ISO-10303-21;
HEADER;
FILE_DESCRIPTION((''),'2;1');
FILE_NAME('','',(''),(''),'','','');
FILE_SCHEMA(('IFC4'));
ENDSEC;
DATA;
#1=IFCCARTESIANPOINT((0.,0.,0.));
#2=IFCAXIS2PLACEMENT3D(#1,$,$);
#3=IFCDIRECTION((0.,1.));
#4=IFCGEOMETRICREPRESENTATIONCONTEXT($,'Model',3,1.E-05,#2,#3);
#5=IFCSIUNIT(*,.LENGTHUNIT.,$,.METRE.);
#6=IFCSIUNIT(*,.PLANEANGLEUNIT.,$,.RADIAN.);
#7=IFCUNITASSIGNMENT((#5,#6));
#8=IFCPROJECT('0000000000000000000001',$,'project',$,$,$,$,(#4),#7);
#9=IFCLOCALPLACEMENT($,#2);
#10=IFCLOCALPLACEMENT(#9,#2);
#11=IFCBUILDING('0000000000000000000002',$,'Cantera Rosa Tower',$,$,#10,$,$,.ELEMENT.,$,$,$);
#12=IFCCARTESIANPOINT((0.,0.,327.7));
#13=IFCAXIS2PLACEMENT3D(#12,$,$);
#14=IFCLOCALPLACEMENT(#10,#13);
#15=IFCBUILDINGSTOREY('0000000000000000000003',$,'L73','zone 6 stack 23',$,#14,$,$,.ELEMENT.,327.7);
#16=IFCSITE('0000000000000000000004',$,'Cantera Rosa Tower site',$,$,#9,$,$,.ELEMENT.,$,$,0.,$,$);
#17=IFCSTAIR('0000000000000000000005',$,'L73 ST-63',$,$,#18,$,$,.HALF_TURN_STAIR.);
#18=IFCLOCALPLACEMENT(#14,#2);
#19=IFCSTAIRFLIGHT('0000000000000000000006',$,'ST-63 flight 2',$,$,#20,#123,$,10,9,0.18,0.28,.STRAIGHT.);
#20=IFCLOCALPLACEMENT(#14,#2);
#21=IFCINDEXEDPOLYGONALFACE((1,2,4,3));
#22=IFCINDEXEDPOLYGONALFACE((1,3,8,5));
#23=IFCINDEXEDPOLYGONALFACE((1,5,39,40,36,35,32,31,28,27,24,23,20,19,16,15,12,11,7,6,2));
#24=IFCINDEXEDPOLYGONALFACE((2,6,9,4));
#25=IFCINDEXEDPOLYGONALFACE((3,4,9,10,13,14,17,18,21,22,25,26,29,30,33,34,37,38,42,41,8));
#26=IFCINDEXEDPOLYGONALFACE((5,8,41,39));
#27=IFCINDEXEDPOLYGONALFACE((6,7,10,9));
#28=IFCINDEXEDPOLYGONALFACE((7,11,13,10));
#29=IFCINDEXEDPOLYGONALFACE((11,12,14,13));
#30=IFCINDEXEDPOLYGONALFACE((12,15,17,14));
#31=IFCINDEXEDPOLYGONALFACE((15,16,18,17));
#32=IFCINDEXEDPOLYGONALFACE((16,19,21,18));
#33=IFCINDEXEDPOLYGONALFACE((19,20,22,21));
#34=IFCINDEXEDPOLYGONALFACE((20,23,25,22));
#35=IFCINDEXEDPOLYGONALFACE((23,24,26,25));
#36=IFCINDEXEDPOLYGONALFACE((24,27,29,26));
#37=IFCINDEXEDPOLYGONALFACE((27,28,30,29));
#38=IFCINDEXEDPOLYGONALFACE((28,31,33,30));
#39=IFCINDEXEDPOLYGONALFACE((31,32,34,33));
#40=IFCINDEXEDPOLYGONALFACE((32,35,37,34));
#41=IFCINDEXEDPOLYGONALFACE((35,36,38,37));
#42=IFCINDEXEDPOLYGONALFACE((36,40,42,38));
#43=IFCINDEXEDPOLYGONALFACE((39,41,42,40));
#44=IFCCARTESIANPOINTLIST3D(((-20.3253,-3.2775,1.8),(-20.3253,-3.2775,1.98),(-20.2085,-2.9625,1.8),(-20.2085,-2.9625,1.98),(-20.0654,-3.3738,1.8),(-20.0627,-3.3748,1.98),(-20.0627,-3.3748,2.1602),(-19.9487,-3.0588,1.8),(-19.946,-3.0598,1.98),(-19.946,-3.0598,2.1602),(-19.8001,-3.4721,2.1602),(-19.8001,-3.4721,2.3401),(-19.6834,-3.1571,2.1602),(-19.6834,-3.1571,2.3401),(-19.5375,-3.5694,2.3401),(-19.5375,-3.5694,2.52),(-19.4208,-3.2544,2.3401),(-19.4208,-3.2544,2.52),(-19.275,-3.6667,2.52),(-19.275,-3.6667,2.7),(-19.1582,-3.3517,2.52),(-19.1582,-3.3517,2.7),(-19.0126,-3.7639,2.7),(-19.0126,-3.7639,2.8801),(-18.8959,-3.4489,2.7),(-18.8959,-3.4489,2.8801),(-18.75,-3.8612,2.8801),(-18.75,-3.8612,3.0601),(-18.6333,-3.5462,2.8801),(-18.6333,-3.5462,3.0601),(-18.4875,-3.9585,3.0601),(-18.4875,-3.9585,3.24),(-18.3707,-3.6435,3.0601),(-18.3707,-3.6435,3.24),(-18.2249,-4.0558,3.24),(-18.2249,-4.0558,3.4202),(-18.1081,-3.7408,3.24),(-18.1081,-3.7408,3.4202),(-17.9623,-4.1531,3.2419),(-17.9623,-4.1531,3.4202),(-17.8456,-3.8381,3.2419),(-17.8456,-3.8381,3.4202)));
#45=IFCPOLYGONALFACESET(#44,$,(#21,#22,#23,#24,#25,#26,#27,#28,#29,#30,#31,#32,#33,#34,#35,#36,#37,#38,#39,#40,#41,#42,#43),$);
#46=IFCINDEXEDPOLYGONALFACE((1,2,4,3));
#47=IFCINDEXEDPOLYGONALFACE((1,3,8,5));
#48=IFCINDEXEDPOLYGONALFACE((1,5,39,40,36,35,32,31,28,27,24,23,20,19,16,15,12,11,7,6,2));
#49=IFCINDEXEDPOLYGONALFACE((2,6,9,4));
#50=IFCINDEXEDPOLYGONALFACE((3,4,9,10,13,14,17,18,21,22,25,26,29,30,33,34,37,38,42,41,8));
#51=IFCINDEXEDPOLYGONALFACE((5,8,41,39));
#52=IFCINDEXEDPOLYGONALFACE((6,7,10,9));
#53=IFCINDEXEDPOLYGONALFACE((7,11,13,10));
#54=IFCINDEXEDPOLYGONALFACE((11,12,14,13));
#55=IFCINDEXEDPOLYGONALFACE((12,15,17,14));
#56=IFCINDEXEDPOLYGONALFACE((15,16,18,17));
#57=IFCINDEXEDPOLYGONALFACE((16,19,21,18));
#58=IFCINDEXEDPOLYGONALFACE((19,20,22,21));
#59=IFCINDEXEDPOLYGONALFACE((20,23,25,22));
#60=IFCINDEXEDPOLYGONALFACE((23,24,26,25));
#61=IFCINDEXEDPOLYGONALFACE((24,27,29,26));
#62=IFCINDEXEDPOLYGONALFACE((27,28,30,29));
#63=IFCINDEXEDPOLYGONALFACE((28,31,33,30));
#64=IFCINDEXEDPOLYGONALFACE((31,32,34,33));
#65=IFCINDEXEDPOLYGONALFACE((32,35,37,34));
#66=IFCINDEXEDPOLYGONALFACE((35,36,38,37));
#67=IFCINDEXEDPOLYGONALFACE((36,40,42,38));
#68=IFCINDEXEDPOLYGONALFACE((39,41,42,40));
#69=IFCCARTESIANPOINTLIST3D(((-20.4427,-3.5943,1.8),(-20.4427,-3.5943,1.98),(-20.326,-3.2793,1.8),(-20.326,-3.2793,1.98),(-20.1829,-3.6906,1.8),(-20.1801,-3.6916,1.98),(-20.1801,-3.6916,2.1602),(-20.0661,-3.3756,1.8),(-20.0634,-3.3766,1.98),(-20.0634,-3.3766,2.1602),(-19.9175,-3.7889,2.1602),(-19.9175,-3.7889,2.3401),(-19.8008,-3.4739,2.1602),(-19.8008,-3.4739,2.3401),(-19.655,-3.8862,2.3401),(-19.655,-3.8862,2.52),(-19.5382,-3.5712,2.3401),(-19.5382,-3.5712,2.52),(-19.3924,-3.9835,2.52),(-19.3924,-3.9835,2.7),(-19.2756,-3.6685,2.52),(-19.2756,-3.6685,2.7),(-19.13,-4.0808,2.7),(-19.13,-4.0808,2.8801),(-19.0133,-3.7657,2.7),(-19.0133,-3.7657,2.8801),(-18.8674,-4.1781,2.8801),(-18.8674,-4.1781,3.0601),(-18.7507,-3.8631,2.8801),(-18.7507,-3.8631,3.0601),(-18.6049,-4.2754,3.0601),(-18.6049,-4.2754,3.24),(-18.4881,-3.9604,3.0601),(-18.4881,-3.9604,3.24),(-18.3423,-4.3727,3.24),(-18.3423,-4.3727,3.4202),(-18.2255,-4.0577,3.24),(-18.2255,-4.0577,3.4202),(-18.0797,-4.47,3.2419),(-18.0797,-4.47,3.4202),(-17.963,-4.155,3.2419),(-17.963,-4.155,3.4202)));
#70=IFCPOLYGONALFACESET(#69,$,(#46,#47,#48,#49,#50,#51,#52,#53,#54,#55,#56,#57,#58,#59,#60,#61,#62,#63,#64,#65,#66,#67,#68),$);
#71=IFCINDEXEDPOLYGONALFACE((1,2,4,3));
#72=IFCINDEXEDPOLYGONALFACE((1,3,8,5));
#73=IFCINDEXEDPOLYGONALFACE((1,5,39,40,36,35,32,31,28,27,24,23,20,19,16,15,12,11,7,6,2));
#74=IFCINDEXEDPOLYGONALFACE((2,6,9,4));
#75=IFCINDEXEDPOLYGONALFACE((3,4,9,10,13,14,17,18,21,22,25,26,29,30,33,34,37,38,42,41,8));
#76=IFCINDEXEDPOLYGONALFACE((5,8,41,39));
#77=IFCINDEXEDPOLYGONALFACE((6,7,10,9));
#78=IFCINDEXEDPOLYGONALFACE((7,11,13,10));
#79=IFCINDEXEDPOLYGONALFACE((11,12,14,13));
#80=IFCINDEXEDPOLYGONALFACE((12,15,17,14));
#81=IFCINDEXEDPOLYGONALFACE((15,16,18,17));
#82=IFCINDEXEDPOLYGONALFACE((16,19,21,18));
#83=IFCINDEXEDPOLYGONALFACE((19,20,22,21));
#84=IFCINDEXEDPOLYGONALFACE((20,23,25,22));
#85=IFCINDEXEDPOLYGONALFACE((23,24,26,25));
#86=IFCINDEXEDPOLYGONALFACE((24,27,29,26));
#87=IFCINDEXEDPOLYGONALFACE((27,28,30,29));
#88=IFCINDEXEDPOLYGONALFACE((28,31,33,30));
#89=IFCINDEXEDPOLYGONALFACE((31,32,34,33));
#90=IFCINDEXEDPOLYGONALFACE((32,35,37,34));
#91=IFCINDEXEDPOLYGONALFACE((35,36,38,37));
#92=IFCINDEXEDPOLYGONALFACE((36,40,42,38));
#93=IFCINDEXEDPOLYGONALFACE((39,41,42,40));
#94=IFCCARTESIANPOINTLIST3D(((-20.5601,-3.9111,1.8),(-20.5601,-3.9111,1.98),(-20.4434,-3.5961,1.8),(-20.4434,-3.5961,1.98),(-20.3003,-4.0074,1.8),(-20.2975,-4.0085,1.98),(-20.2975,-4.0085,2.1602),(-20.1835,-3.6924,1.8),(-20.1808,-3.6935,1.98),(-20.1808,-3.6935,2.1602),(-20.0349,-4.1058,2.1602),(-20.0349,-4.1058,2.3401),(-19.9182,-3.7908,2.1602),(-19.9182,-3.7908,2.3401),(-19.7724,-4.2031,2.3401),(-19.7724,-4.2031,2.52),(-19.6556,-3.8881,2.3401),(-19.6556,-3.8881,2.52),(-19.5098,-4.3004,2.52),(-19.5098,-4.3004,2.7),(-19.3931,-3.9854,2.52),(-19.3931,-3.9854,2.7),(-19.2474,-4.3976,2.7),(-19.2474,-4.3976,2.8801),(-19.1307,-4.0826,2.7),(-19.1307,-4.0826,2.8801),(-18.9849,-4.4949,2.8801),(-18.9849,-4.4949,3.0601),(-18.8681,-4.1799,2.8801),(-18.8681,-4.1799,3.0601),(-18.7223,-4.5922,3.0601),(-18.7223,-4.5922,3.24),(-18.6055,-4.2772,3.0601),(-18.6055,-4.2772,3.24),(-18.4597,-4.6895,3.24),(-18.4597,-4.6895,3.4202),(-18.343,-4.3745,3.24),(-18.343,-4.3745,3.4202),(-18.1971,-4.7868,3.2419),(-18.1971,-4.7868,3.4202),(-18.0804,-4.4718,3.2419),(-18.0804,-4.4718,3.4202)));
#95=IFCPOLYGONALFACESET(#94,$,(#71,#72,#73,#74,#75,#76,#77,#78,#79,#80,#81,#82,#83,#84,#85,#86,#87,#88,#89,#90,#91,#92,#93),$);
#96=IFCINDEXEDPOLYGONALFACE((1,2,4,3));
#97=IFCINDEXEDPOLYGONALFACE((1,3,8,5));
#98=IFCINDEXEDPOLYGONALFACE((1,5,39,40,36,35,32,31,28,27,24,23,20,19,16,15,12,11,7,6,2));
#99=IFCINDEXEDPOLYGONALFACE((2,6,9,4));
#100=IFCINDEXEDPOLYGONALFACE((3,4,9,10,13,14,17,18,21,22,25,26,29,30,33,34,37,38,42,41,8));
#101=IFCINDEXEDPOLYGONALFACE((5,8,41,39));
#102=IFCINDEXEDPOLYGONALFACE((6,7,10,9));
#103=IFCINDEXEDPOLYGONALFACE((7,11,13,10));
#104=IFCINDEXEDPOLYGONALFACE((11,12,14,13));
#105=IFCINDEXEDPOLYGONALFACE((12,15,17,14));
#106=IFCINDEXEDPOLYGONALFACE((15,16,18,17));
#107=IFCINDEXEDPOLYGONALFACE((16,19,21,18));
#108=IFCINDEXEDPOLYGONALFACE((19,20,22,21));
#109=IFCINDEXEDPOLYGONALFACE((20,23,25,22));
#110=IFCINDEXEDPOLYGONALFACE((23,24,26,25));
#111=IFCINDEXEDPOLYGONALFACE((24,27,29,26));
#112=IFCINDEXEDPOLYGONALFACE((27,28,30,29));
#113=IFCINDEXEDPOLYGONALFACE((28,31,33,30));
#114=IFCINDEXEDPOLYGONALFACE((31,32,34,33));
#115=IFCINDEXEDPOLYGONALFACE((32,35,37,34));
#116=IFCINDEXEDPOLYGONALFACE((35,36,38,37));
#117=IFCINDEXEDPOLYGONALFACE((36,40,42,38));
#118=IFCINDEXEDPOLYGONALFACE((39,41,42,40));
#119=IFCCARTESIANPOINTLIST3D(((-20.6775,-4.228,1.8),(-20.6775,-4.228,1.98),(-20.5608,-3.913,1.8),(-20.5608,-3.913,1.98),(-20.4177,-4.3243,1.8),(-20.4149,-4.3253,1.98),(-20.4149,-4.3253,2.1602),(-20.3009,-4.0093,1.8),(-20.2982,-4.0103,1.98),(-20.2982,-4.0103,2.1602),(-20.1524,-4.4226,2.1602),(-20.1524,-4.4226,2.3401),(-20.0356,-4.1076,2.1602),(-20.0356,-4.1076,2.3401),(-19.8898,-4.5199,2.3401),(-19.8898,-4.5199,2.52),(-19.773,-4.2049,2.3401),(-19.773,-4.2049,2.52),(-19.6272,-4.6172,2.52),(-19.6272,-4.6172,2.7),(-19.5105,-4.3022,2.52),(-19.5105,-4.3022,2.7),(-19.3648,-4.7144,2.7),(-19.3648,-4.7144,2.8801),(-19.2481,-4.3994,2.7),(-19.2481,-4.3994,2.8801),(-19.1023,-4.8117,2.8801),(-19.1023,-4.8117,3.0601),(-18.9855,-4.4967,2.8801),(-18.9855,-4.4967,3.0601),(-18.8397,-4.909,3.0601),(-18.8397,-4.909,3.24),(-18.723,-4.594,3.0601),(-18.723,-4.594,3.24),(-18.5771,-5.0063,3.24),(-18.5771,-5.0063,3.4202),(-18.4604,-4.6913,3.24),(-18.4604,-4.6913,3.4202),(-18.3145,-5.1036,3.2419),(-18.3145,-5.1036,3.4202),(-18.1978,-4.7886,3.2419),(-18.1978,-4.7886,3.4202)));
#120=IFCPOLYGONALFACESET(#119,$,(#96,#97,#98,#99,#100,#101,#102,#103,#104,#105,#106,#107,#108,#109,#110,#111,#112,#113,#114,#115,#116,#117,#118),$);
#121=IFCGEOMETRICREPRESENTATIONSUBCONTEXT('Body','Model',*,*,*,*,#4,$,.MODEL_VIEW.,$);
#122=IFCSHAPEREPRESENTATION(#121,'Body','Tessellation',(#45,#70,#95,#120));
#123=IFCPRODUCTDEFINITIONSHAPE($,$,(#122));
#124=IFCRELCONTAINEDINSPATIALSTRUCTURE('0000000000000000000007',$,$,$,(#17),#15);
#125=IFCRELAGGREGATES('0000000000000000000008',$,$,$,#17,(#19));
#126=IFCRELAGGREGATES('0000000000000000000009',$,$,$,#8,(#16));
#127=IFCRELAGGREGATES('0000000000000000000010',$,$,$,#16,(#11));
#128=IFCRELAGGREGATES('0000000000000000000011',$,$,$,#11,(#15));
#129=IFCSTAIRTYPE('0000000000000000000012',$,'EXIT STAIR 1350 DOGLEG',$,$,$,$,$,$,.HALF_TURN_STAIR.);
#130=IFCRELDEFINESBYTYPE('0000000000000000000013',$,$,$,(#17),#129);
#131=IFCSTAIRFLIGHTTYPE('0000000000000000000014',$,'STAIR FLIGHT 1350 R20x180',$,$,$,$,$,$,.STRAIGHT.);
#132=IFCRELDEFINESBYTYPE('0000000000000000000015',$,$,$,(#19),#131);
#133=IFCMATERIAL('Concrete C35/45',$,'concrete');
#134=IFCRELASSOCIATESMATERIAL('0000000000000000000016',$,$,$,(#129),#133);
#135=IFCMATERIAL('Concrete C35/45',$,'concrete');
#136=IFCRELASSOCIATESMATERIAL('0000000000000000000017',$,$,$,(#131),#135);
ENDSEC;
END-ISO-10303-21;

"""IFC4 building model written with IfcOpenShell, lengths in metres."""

from ifc_helpers import new_model, si_unit, direction, frame, origin, place, context, subcontext, project, spatial, polyline, outline, extrude, material, type_object, element, aggregate, save


model = new_model("IFC4")

# Units and contexts
model_context = context("Model", 3, precision=1e-05, world=origin(), true_north=direction((0.0, 1.0)))
body_context = subcontext(model_context, "Body", "Model", "MODEL_VIEW")
ifc_project = project(units=[si_unit("LENGTHUNIT", "METRE"), si_unit("PLANEANGLEUNIT", "RADIAN")], contexts=[model_context])

# Site, building, storey
site_placement = place(None, origin())
site = spatial("IfcSite", under=ifc_project, at=site_placement, Name="Cantera Rosa Tower site", CompositionType="ELEMENT", RefElevation=0.0)
building_placement = place(site_placement, origin())
building = spatial("IfcBuilding", under=site, at=building_placement, Name="Cantera Rosa Tower", CompositionType="ELEMENT")
storey_placement = place(building_placement, frame((0.0, 0.0, 327.7)))
storey = spatial("IfcBuildingStorey", under=building, at=storey_placement, Name="L73", Description="zone 6 stack 23", CompositionType="ELEMENT", Elevation=327.7)

# Stair, stair flight
ifc_material_1 = material(Name="Concrete C35/45", Category="concrete")
stair_type = type_object("IfcStairType", Name="EXIT STAIR 1350 DOGLEG", PredefinedType="HALF_TURN_STAIR", material=ifc_material_1)
stair_placement = place(storey_placement, origin())
stair = element("IfcStair", 1, at=stair_placement, inside=storey, type_object=stair_type, Name="L73 ST-63", PredefinedType="HALF_TURN_STAIR")
ifc_material_2 = material(Name="Concrete C35/45", Category="concrete")
stair_flight_type = type_object("IfcStairFlightType", Name="STAIR FLIGHT 1350 R20x180", PredefinedType="STRAIGHT", material=ifc_material_2)
stair_flight_1_placement = place(storey_placement, frame((-20.4431, -3.5955, 1.8), z_axis=(0.0, 0.0, 1.0), x_axis=(0.937687, -0.347481, 0.0)))
stair_flight_1 = element("IfcStairFlight", 2, at=stair_flight_1_placement, type_object=stair_flight_type, Name="ST-63 flight 2", NumberOfRisers=10, NumberOfTreads=9, PredefinedType="STRAIGHT", RiserHeight=0.18, TreadLength=0.28, context=body_context, shape_type="SweptSolid", body=[
    extrude(outline(polyline([(0.0, 0.0), (0.0, 0.1799), (0.28, 0.1799), (0.28, 0.3601), (0.5601, 0.3601), (0.5601, 0.54), (0.8401, 0.54), (0.8401, 0.72), (1.1201, 0.72), (1.1201, 0.8999), (1.3999, 0.8999), (1.3999, 1.0801), (1.6799, 1.0801), (1.6799, 1.26), (1.96, 1.26), (1.96, 1.4399), (2.24, 1.4399), (2.24, 1.6201), (2.52, 1.6201), (2.52, 1.8), (2.52, 1.4419), (0.2771, 0.0), (0.0, 0.0)])), frame((0.0, 0.675, 0.0), z_axis=(0.0, -1.0, 0.0), x_axis=(1.0, 0.0, 0.0)), (0.0, 0.0, 1.0), 0.3359),
    extrude(outline(polyline([(0.0, 0.0), (0.0, 0.1799), (0.28, 0.1799), (0.28, 0.3601), (0.5601, 0.3601), (0.5601, 0.54), (0.8401, 0.54), (0.8401, 0.72), (1.1201, 0.72), (1.1201, 0.8999), (1.3999, 0.8999), (1.3999, 1.0801), (1.6799, 1.0801), (1.6799, 1.26), (1.96, 1.26), (1.96, 1.4399), (2.24, 1.4399), (2.24, 1.6201), (2.52, 1.6201), (2.52, 1.8), (2.52, 1.4419), (0.2771, 0.0), (0.0, 0.0)])), frame((0.0, 0.3372, 0.0), z_axis=(0.0, -1.0, 0.0), x_axis=(1.0, 0.0, 0.0)), (0.0, 0.0, 1.0), 0.3359),
    extrude(outline(polyline([(0.0, 0.0), (0.0, 0.1799), (0.28, 0.1799), (0.28, 0.3601), (0.5601, 0.3601), (0.5601, 0.54), (0.8401, 0.54), (0.8401, 0.72), (1.1201, 0.72), (1.1201, 0.8999), (1.3999, 0.8999), (1.3999, 1.0801), (1.6799, 1.0801), (1.6799, 1.26), (1.96, 1.26), (1.96, 1.4399), (2.24, 1.4399), (2.24, 1.6201), (2.52, 1.6201), (2.52, 1.8), (2.52, 1.4419), (0.2771, 0.0), (0.0, 0.0)])), frame((0.0, -0.0007, 0.0), z_axis=(0.0, -1.0, 0.0), x_axis=(1.0, 0.0, 0.0)), (0.0, 0.0, 1.0), 0.3359),
    extrude(outline(polyline([(0.0, 0.0), (0.0, 0.1799), (0.28, 0.1799), (0.28, 0.3601), (0.5601, 0.3601), (0.5601, 0.54), (0.8401, 0.54), (0.8401, 0.72), (1.1201, 0.72), (1.1201, 0.8999), (1.3999, 0.8999), (1.3999, 1.0801), (1.6799, 1.0801), (1.6799, 1.26), (1.96, 1.26), (1.96, 1.4399), (2.24, 1.4399), (2.24, 1.6201), (2.52, 1.6201), (2.52, 1.8), (2.52, 1.4419), (0.2771, 0.0), (0.0, 0.0)])), frame((0.0, -0.3386, 0.0), z_axis=(0.0, -1.0, 0.0), x_axis=(1.0, 0.0, 0.0)), (0.0, 0.0, 1.0), 0.3359),
])
aggregate(stair, [stair_flight_1])

save(model, "model.ifc")
